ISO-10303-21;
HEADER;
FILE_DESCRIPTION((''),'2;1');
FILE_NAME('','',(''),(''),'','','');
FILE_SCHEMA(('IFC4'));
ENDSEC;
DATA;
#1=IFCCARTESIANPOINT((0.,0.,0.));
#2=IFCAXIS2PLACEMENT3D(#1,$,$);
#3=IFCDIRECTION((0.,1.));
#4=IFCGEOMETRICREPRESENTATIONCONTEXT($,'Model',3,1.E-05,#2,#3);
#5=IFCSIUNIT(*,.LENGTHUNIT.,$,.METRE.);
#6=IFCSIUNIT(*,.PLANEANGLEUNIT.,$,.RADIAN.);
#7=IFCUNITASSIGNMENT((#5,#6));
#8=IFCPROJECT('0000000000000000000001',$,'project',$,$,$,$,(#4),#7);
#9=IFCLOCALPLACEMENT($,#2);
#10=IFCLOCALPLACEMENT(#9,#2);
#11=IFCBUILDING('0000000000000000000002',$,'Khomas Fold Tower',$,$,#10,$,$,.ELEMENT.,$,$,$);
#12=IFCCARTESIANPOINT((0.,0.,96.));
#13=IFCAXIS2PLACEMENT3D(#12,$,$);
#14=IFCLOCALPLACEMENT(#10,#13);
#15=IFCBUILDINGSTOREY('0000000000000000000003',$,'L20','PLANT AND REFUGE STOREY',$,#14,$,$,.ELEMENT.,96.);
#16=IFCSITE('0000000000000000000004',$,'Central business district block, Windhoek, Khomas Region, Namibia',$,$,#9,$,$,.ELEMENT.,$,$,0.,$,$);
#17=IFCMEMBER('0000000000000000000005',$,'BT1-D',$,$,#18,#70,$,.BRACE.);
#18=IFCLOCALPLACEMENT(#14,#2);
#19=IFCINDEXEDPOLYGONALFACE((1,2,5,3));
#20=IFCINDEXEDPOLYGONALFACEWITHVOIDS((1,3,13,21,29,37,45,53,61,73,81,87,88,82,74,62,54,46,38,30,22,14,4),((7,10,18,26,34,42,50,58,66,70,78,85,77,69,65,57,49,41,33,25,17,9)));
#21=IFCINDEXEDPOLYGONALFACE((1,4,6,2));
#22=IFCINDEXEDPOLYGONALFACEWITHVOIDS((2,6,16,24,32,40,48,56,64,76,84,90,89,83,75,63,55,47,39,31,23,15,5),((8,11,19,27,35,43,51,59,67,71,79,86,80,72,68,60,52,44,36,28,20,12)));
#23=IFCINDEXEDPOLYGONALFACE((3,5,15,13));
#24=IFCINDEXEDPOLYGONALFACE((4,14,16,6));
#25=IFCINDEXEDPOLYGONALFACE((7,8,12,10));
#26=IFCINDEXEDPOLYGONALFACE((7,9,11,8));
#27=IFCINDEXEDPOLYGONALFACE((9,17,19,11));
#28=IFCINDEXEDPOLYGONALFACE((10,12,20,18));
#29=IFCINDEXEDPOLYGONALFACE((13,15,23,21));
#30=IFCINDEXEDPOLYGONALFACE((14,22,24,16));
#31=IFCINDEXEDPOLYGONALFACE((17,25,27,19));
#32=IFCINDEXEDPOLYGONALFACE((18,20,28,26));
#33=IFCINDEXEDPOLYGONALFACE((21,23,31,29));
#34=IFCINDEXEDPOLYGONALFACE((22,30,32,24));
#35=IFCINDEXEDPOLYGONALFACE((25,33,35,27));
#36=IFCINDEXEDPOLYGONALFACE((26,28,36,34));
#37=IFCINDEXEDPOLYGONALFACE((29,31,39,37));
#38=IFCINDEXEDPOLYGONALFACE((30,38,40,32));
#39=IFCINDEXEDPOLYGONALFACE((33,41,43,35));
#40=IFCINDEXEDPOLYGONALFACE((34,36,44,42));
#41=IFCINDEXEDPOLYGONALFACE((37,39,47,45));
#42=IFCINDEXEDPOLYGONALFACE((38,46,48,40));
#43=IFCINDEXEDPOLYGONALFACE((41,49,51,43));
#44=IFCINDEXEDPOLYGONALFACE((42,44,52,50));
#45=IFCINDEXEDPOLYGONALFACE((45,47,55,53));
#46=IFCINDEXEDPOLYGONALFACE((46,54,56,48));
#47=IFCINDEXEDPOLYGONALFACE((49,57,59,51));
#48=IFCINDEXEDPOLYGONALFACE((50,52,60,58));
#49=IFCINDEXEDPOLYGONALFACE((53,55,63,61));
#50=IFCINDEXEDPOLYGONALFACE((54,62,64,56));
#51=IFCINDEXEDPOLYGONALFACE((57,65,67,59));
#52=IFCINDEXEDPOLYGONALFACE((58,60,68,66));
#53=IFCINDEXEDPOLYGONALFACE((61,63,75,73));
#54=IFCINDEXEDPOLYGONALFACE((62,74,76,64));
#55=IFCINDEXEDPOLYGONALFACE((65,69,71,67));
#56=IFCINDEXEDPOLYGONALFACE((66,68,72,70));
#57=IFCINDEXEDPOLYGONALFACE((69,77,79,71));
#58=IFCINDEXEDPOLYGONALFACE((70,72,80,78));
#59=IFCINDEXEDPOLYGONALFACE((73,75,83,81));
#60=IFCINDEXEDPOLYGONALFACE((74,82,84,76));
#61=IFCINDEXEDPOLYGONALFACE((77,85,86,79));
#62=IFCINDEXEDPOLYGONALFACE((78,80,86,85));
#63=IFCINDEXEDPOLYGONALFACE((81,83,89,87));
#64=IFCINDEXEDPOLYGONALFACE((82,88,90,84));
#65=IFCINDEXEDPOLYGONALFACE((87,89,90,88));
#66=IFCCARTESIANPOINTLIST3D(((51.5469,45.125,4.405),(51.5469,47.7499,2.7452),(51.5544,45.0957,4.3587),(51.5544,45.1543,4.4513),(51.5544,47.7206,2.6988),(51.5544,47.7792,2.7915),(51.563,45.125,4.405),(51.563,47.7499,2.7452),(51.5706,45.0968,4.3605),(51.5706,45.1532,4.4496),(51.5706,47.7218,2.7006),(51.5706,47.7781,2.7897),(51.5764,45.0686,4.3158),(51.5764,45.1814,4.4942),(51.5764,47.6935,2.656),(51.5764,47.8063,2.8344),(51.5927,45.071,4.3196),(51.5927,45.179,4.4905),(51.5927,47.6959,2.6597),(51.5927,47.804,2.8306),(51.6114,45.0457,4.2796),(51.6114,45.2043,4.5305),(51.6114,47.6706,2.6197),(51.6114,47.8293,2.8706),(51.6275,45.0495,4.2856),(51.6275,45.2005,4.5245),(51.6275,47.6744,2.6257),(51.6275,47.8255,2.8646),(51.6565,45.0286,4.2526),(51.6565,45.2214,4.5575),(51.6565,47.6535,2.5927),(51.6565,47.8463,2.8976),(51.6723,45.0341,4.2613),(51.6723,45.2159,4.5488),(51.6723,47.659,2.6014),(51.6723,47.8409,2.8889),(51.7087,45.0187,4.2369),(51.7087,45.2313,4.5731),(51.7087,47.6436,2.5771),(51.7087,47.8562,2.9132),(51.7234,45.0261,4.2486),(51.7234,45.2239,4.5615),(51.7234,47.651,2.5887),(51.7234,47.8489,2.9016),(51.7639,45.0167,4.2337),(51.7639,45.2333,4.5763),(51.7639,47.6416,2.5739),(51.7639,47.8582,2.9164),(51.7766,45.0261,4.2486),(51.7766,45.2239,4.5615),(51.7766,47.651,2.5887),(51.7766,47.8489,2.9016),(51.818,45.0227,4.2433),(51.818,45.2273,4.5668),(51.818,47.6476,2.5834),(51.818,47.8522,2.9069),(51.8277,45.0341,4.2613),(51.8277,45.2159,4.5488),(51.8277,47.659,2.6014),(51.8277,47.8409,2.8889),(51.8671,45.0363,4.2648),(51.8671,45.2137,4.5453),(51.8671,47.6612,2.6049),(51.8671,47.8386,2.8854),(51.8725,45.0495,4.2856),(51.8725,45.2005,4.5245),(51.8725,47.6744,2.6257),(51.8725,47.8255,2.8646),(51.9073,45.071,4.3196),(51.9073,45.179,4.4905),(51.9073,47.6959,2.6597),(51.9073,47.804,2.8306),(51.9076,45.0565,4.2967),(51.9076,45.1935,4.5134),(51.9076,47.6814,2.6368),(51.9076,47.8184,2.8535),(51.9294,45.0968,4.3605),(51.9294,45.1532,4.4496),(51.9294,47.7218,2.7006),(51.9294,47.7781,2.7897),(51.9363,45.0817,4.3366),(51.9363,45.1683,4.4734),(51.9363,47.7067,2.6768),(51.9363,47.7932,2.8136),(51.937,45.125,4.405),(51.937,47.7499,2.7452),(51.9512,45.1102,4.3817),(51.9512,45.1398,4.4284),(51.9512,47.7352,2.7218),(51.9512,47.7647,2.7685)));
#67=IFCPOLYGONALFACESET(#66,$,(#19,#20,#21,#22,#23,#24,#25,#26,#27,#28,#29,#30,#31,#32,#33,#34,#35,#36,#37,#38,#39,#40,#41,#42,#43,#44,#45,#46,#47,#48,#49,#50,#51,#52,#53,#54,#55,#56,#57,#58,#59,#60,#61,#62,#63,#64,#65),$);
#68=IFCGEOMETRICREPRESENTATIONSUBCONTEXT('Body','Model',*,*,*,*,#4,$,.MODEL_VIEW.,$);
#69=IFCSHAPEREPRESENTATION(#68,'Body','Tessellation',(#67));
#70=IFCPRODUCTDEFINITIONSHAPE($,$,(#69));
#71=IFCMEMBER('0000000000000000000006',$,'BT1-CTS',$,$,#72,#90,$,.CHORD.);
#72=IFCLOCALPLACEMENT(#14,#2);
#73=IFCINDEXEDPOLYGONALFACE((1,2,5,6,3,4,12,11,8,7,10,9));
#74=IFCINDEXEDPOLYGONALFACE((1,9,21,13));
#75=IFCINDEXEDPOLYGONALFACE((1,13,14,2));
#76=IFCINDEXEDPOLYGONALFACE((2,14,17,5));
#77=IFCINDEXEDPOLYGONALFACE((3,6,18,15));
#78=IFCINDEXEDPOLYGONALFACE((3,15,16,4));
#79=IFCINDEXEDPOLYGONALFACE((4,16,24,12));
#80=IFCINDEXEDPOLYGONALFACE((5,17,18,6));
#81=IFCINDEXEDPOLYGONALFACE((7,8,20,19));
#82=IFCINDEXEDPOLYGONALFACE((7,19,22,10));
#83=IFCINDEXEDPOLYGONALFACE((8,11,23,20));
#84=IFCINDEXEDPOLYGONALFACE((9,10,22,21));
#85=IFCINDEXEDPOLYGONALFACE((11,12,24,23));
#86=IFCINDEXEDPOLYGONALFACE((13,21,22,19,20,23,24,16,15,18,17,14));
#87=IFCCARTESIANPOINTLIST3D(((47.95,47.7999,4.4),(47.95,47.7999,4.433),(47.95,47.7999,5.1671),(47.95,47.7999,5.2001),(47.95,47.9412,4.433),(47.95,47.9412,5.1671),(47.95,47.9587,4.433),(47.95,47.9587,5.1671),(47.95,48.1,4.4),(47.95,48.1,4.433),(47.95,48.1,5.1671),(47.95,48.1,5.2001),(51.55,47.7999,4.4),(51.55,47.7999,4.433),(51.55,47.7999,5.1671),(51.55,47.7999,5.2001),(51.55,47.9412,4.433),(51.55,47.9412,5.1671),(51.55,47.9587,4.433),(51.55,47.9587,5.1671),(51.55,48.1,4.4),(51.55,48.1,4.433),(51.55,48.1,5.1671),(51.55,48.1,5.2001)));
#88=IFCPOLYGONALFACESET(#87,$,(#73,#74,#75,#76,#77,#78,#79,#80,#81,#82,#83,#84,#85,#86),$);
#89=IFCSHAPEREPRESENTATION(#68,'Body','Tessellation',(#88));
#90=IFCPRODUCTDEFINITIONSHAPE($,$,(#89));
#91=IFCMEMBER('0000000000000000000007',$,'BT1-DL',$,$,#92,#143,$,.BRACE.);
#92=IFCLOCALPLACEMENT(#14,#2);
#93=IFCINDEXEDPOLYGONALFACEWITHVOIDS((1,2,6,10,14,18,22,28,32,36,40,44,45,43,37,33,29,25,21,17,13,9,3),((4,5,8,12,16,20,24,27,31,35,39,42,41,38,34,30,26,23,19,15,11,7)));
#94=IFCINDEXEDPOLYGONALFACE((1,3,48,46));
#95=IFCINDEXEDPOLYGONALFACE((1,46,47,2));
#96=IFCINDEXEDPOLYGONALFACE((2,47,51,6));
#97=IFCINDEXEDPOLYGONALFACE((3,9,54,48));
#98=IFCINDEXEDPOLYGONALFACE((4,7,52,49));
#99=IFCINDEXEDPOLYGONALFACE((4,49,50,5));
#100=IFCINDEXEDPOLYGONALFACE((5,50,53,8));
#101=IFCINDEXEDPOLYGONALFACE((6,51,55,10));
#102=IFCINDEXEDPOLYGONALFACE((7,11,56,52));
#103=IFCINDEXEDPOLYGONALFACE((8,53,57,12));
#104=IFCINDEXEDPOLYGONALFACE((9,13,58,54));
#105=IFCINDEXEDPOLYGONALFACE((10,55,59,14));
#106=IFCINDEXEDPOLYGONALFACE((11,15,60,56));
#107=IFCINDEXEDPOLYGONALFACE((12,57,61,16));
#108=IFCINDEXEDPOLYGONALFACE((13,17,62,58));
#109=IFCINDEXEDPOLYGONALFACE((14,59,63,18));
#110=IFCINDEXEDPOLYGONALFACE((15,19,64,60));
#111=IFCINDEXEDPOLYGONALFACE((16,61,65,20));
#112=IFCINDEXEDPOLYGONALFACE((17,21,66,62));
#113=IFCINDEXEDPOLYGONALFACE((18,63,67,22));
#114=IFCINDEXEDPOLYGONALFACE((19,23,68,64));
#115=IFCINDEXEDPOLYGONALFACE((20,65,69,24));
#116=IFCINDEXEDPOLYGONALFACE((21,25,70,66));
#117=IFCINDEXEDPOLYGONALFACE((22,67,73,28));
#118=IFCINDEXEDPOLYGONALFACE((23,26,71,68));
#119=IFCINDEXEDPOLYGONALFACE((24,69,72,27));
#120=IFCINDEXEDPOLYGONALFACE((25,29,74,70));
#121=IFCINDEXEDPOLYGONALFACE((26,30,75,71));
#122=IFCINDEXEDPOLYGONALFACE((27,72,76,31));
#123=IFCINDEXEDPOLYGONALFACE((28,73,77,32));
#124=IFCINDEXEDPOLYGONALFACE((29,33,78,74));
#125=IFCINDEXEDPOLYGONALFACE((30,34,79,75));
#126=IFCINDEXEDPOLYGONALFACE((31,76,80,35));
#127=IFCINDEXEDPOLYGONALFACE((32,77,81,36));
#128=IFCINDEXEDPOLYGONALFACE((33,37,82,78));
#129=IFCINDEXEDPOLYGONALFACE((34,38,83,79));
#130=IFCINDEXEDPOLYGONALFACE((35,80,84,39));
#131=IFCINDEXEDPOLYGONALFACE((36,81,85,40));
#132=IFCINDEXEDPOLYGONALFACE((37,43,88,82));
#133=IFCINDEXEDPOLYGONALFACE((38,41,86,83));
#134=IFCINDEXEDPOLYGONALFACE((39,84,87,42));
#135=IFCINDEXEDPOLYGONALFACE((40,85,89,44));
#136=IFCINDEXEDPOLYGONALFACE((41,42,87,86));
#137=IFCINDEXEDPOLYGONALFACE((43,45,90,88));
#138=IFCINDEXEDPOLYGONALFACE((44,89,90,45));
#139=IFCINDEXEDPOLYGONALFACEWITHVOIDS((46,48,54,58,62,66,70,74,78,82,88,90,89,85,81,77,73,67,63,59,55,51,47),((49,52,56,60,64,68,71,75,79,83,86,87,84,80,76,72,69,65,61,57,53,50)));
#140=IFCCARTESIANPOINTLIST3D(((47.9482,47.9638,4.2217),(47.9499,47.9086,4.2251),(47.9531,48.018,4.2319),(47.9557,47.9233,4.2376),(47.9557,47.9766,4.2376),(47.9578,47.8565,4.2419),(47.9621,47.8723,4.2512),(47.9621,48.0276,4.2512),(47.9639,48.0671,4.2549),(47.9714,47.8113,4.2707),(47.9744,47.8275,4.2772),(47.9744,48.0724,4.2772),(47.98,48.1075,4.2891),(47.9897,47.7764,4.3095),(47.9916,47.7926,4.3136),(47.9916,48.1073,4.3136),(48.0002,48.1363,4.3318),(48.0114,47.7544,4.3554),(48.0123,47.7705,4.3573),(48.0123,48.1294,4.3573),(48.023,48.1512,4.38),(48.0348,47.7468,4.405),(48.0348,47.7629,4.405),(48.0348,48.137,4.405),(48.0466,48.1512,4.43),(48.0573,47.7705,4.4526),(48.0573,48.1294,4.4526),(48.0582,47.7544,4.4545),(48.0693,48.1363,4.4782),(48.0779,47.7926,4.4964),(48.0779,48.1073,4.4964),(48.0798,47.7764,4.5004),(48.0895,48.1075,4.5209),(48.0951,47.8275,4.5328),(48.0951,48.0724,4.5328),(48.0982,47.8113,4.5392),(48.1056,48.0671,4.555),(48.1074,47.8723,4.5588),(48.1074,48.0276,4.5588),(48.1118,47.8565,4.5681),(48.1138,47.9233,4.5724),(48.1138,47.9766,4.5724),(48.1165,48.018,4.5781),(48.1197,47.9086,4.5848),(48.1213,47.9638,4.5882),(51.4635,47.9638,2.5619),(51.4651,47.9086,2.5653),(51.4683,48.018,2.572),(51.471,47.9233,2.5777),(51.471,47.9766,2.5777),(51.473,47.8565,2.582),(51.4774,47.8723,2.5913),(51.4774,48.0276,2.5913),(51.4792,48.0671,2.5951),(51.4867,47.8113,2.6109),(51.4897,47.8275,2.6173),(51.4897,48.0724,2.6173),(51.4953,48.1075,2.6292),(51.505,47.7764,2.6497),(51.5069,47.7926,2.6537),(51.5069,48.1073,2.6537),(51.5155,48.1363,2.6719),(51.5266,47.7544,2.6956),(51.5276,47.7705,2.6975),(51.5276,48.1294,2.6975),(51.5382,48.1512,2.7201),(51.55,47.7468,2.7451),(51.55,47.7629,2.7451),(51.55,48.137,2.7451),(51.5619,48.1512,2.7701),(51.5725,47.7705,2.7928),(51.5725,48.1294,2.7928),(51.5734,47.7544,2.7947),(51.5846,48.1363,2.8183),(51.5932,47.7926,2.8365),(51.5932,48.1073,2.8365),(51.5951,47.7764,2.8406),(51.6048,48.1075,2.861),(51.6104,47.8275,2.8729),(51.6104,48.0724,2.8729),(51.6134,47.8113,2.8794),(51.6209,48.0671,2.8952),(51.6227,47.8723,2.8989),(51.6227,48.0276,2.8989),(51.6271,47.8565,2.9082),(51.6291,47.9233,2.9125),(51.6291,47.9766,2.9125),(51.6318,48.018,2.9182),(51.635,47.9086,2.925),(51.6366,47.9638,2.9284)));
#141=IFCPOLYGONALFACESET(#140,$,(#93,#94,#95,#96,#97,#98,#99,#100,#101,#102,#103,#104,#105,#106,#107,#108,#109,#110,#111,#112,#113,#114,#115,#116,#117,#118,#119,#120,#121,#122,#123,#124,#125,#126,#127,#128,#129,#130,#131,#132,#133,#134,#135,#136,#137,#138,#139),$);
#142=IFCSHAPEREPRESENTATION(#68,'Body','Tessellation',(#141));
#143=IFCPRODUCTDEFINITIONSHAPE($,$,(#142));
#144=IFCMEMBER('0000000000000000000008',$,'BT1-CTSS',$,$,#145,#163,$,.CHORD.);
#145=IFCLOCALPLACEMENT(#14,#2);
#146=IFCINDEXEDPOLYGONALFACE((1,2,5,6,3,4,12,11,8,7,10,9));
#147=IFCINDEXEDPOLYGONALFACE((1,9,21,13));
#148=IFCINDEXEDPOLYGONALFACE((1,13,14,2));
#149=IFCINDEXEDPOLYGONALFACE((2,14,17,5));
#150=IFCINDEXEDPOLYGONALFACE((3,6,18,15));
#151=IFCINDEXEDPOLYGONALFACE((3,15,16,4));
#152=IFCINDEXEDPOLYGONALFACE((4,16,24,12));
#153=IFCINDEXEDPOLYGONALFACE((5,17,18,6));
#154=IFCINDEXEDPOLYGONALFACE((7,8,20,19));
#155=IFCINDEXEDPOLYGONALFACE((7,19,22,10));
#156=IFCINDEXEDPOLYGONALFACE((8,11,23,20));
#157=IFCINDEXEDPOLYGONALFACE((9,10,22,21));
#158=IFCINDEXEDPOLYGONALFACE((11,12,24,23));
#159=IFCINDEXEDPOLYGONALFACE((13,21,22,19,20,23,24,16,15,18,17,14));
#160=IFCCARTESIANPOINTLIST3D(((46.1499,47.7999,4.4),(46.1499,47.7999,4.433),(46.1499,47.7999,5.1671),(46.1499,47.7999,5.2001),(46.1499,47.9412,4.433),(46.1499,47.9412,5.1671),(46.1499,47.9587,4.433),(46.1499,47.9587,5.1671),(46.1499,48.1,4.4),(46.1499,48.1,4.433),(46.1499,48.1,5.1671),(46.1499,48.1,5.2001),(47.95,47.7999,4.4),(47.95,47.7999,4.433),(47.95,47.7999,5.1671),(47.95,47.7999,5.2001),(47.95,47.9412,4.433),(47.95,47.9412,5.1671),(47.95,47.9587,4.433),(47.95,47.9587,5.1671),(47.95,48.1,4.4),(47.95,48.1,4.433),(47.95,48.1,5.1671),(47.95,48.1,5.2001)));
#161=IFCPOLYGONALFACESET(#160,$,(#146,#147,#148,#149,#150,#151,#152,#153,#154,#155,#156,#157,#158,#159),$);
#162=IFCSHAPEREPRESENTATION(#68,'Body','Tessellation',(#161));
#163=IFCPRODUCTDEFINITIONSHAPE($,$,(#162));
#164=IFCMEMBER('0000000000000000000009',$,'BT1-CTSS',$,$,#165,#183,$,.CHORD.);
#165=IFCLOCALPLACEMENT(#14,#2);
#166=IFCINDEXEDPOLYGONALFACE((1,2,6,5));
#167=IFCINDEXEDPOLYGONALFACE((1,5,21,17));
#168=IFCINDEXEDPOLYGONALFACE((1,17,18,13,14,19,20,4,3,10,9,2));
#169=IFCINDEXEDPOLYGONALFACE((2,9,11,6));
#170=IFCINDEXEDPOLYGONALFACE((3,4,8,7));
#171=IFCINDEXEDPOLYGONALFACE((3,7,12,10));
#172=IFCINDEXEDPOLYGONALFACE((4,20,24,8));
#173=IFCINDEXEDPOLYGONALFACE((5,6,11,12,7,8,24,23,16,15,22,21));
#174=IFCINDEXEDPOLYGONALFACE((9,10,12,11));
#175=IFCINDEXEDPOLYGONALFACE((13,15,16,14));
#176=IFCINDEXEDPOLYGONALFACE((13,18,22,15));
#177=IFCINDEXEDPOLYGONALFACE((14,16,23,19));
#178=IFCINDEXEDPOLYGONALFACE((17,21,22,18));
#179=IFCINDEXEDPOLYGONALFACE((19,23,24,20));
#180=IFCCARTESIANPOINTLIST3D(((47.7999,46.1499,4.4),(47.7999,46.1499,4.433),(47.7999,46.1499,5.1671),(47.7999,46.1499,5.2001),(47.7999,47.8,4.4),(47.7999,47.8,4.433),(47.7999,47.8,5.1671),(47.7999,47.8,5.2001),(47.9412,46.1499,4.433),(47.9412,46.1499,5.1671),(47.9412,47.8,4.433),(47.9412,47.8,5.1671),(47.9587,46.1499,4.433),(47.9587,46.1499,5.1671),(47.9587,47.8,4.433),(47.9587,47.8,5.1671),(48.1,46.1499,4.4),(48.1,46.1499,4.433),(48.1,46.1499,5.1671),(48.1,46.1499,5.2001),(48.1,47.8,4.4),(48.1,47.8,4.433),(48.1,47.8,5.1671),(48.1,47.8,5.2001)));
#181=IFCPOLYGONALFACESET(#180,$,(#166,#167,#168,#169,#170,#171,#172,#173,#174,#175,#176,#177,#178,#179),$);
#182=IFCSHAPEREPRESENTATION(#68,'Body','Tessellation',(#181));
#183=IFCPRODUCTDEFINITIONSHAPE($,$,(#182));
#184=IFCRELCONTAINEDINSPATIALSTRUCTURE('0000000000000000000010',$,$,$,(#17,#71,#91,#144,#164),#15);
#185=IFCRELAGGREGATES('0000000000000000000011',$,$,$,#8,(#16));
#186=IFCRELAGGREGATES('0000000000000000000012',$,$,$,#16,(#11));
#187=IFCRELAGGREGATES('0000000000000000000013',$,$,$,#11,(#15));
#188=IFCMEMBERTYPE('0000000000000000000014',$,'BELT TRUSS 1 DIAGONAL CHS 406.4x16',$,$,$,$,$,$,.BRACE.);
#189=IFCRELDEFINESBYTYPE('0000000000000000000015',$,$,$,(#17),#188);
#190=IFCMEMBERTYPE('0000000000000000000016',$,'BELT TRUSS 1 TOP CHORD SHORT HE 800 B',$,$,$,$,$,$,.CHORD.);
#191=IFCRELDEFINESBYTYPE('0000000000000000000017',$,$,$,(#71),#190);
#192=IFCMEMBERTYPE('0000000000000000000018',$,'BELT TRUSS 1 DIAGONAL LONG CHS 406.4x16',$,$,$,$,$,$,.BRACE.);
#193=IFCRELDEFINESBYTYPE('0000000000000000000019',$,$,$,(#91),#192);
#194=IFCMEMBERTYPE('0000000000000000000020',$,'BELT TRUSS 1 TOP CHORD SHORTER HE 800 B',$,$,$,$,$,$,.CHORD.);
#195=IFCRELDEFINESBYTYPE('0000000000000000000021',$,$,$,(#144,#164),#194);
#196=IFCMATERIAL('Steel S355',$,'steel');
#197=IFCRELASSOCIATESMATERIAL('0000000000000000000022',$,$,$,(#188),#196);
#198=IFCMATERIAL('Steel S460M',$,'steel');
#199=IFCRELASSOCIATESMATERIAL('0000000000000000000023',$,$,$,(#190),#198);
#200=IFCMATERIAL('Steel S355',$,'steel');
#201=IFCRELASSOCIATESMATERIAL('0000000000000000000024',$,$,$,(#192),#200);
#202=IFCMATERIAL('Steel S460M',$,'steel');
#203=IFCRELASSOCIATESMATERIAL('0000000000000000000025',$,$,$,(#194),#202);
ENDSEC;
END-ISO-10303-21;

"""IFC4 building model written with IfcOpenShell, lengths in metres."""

from ifc_helpers import new_model, si_unit, direction, frame, origin, origin_2d, place, context, subcontext, project, spatial, hollow_circle, i_section, extrude, source, transform, mapped, material, material_profile, profile_set, type_object, element, save


model = new_model("IFC4")

# Units and contexts
model_context = context("Model", 3, precision=1e-05, world=origin(), true_north=direction((0.0, 1.0)))
body_context = subcontext(model_context, "Body", "Model", "MODEL_VIEW")
ifc_project = project(units=[si_unit("LENGTHUNIT", "METRE"), si_unit("PLANEANGLEUNIT", "RADIAN")], contexts=[model_context])

# Site, building, storey
site_placement = place(None, origin())
site = spatial("IfcSite", under=ifc_project, at=site_placement, Name="Central business district block, Windhoek, Khomas Region, Namibia", CompositionType="ELEMENT", RefElevation=0.0)
building_placement = place(site_placement, origin())
building = spatial("IfcBuilding", under=site, at=building_placement, Name="Khomas Fold Tower", CompositionType="ELEMENT")
storey_placement = place(building_placement, frame((0.0, 0.0, 96.0)))
storey = spatial("IfcBuildingStorey", under=building, at=storey_placement, Name="L20", Description="PLANT AND REFUGE STOREY", CompositionType="ELEMENT", Elevation=96.0)

# Members
ifc_material_1 = material(Name="Steel S355", Category="steel")
ifc_material_profile_1 = material_profile(ifc_material_1, hollow_circle(Radius=0.2031, WallThickness=0.0161, at=origin_2d()), Name="CHS 406.4x16")
ifc_profile_set_1 = profile_set([ifc_material_profile_1], Name="Steel S355")
member_type_1 = type_object("IfcMemberType", Name="BELT TRUSS 1 DIAGONAL CHS 406.4x16", PredefinedType="BRACE", material=ifc_profile_set_1)
shared_shape_1 = source(origin(), body_context, "Body", "SweptSolid", [
    extrude(hollow_circle(Radius=0.2031, WallThickness=0.0161, at=origin_2d()), origin(), (0.0, 0.0, 1.0), 3.1057),
])
member_1_placement = place(storey_placement, frame((51.75, 45.125, 4.405), z_axis=(0.0, 0.845196, -0.534457), x_axis=(-1.0, 0.0, 0.0)))
element("IfcMember", 1, at=member_1_placement, inside=storey, type_object=member_type_1, Name="BT1-D", PredefinedType="BRACE", context=body_context, shape_type="MappedRepresentation", body=[
    mapped(shared_shape_1, transform((0.0, 0.0, 0.0))),
])
ifc_material_2 = material(Name="Steel S460M", Category="steel")
ifc_material_profile_2 = material_profile(ifc_material_2, i_section(OverallWidth=0.3, OverallDepth=0.8, WebThickness=0.0176, FlangeThickness=0.033, at=origin_2d()), Name="HE 800 B")
ifc_profile_set_2 = profile_set([ifc_material_profile_2], Name="Steel S460M")
member_type_2 = type_object("IfcMemberType", Name="BELT TRUSS 1 TOP CHORD SHORT HE 800 B", PredefinedType="CHORD", material=ifc_profile_set_2)
shared_shape_2 = source(origin(), body_context, "Body", "SweptSolid", [
    extrude(i_section(OverallWidth=0.3, OverallDepth=0.8, WebThickness=0.0176, FlangeThickness=0.033, at=origin_2d()), origin(), (0.0, 0.0, 1.0), 3.6001),
])
member_2_placement = place(storey_placement, frame((51.55, 47.95, 4.8), z_axis=(-1.0, 0.0, 0.0), x_axis=(0.0, -1.0, 0.0)))
element("IfcMember", 2, at=member_2_placement, inside=storey, type_object=member_type_2, Name="BT1-CTS", PredefinedType="CHORD", context=body_context, shape_type="MappedRepresentation", body=[
    mapped(shared_shape_2, transform((0.0, 0.0, 0.0))),
])
ifc_material_3 = material(Name="Steel S355", Category="steel")
ifc_material_profile_3 = material_profile(ifc_material_3, hollow_circle(Radius=0.2031, WallThickness=0.0161, at=origin_2d()), Name="CHS 406.4x16")
ifc_profile_set_3 = profile_set([ifc_material_profile_3], Name="Steel S355")
member_type_3 = type_object("IfcMemberType", Name="BELT TRUSS 1 DIAGONAL LONG CHS 406.4x16", PredefinedType="BRACE", material=ifc_profile_set_3)
shared_shape_3 = source(origin(), body_context, "Body", "SweptSolid", [
    extrude(hollow_circle(Radius=0.2031, WallThickness=0.0161, at=origin_2d()), origin(), (0.0, 0.0, 1.0), 3.8875),
])
member_3_placement = place(storey_placement, frame((51.55, 47.95, 2.7451), z_axis=(-0.904261, 0.0, 0.426979), x_axis=(0.0, -1.0, 0.0)))
element("IfcMember", 3, at=member_3_placement, inside=storey, type_object=member_type_3, Name="BT1-DL", PredefinedType="BRACE", context=body_context, shape_type="MappedRepresentation", body=[
    mapped(shared_shape_3, transform((0.0, 0.0, 0.0))),
])
ifc_material_4 = material(Name="Steel S460M", Category="steel")
ifc_material_profile_4 = material_profile(ifc_material_4, i_section(OverallWidth=0.3, OverallDepth=0.8, WebThickness=0.0176, FlangeThickness=0.033, at=origin_2d()), Name="HE 800 B")
ifc_profile_set_4 = profile_set([ifc_material_profile_4], Name="Steel S460M")
member_type_4 = type_object("IfcMemberType", Name="BELT TRUSS 1 TOP CHORD SHORTER HE 800 B", PredefinedType="CHORD", material=ifc_profile_set_4)
shared_shape_4 = source(origin(), body_context, "Body", "SweptSolid", [
    extrude(i_section(OverallWidth=0.3, OverallDepth=0.8, WebThickness=0.0176, FlangeThickness=0.033, at=origin_2d()), origin(), (0.0, 0.0, 1.0), 1.8),
])
member_4_placement = place(storey_placement, frame((47.95, 47.95, 4.8), z_axis=(-1.0, 0.0, 0.0), x_axis=(0.0, -1.0, 0.0)))
element("IfcMember", 4, at=member_4_placement, inside=storey, type_object=member_type_4, Name="BT1-CTSS", PredefinedType="CHORD", context=body_context, shape_type="MappedRepresentation", body=[
    mapped(shared_shape_4, transform((0.0, 0.0, 0.0))),
])
shared_shape_5 = source(origin(), body_context, "Body", "SweptSolid", [
    extrude(i_section(OverallWidth=0.3, OverallDepth=0.8, WebThickness=0.0176, FlangeThickness=0.033, at=origin_2d()), origin(), (0.0, 0.0, 1.0), 1.6501),
])
member_5_placement = place(storey_placement, frame((47.95, 47.8, 4.8), z_axis=(0.0, -1.0, 0.0), x_axis=(1.0, 0.0, 0.0)))
element("IfcMember", 5, at=member_5_placement, inside=storey, type_object=member_type_4, Name="BT1-CTSS", PredefinedType="CHORD", context=body_context, shape_type="MappedRepresentation", body=[
    mapped(shared_shape_5, transform((0.0, 0.0, 0.0))),
])

save(model, "model.ifc")
